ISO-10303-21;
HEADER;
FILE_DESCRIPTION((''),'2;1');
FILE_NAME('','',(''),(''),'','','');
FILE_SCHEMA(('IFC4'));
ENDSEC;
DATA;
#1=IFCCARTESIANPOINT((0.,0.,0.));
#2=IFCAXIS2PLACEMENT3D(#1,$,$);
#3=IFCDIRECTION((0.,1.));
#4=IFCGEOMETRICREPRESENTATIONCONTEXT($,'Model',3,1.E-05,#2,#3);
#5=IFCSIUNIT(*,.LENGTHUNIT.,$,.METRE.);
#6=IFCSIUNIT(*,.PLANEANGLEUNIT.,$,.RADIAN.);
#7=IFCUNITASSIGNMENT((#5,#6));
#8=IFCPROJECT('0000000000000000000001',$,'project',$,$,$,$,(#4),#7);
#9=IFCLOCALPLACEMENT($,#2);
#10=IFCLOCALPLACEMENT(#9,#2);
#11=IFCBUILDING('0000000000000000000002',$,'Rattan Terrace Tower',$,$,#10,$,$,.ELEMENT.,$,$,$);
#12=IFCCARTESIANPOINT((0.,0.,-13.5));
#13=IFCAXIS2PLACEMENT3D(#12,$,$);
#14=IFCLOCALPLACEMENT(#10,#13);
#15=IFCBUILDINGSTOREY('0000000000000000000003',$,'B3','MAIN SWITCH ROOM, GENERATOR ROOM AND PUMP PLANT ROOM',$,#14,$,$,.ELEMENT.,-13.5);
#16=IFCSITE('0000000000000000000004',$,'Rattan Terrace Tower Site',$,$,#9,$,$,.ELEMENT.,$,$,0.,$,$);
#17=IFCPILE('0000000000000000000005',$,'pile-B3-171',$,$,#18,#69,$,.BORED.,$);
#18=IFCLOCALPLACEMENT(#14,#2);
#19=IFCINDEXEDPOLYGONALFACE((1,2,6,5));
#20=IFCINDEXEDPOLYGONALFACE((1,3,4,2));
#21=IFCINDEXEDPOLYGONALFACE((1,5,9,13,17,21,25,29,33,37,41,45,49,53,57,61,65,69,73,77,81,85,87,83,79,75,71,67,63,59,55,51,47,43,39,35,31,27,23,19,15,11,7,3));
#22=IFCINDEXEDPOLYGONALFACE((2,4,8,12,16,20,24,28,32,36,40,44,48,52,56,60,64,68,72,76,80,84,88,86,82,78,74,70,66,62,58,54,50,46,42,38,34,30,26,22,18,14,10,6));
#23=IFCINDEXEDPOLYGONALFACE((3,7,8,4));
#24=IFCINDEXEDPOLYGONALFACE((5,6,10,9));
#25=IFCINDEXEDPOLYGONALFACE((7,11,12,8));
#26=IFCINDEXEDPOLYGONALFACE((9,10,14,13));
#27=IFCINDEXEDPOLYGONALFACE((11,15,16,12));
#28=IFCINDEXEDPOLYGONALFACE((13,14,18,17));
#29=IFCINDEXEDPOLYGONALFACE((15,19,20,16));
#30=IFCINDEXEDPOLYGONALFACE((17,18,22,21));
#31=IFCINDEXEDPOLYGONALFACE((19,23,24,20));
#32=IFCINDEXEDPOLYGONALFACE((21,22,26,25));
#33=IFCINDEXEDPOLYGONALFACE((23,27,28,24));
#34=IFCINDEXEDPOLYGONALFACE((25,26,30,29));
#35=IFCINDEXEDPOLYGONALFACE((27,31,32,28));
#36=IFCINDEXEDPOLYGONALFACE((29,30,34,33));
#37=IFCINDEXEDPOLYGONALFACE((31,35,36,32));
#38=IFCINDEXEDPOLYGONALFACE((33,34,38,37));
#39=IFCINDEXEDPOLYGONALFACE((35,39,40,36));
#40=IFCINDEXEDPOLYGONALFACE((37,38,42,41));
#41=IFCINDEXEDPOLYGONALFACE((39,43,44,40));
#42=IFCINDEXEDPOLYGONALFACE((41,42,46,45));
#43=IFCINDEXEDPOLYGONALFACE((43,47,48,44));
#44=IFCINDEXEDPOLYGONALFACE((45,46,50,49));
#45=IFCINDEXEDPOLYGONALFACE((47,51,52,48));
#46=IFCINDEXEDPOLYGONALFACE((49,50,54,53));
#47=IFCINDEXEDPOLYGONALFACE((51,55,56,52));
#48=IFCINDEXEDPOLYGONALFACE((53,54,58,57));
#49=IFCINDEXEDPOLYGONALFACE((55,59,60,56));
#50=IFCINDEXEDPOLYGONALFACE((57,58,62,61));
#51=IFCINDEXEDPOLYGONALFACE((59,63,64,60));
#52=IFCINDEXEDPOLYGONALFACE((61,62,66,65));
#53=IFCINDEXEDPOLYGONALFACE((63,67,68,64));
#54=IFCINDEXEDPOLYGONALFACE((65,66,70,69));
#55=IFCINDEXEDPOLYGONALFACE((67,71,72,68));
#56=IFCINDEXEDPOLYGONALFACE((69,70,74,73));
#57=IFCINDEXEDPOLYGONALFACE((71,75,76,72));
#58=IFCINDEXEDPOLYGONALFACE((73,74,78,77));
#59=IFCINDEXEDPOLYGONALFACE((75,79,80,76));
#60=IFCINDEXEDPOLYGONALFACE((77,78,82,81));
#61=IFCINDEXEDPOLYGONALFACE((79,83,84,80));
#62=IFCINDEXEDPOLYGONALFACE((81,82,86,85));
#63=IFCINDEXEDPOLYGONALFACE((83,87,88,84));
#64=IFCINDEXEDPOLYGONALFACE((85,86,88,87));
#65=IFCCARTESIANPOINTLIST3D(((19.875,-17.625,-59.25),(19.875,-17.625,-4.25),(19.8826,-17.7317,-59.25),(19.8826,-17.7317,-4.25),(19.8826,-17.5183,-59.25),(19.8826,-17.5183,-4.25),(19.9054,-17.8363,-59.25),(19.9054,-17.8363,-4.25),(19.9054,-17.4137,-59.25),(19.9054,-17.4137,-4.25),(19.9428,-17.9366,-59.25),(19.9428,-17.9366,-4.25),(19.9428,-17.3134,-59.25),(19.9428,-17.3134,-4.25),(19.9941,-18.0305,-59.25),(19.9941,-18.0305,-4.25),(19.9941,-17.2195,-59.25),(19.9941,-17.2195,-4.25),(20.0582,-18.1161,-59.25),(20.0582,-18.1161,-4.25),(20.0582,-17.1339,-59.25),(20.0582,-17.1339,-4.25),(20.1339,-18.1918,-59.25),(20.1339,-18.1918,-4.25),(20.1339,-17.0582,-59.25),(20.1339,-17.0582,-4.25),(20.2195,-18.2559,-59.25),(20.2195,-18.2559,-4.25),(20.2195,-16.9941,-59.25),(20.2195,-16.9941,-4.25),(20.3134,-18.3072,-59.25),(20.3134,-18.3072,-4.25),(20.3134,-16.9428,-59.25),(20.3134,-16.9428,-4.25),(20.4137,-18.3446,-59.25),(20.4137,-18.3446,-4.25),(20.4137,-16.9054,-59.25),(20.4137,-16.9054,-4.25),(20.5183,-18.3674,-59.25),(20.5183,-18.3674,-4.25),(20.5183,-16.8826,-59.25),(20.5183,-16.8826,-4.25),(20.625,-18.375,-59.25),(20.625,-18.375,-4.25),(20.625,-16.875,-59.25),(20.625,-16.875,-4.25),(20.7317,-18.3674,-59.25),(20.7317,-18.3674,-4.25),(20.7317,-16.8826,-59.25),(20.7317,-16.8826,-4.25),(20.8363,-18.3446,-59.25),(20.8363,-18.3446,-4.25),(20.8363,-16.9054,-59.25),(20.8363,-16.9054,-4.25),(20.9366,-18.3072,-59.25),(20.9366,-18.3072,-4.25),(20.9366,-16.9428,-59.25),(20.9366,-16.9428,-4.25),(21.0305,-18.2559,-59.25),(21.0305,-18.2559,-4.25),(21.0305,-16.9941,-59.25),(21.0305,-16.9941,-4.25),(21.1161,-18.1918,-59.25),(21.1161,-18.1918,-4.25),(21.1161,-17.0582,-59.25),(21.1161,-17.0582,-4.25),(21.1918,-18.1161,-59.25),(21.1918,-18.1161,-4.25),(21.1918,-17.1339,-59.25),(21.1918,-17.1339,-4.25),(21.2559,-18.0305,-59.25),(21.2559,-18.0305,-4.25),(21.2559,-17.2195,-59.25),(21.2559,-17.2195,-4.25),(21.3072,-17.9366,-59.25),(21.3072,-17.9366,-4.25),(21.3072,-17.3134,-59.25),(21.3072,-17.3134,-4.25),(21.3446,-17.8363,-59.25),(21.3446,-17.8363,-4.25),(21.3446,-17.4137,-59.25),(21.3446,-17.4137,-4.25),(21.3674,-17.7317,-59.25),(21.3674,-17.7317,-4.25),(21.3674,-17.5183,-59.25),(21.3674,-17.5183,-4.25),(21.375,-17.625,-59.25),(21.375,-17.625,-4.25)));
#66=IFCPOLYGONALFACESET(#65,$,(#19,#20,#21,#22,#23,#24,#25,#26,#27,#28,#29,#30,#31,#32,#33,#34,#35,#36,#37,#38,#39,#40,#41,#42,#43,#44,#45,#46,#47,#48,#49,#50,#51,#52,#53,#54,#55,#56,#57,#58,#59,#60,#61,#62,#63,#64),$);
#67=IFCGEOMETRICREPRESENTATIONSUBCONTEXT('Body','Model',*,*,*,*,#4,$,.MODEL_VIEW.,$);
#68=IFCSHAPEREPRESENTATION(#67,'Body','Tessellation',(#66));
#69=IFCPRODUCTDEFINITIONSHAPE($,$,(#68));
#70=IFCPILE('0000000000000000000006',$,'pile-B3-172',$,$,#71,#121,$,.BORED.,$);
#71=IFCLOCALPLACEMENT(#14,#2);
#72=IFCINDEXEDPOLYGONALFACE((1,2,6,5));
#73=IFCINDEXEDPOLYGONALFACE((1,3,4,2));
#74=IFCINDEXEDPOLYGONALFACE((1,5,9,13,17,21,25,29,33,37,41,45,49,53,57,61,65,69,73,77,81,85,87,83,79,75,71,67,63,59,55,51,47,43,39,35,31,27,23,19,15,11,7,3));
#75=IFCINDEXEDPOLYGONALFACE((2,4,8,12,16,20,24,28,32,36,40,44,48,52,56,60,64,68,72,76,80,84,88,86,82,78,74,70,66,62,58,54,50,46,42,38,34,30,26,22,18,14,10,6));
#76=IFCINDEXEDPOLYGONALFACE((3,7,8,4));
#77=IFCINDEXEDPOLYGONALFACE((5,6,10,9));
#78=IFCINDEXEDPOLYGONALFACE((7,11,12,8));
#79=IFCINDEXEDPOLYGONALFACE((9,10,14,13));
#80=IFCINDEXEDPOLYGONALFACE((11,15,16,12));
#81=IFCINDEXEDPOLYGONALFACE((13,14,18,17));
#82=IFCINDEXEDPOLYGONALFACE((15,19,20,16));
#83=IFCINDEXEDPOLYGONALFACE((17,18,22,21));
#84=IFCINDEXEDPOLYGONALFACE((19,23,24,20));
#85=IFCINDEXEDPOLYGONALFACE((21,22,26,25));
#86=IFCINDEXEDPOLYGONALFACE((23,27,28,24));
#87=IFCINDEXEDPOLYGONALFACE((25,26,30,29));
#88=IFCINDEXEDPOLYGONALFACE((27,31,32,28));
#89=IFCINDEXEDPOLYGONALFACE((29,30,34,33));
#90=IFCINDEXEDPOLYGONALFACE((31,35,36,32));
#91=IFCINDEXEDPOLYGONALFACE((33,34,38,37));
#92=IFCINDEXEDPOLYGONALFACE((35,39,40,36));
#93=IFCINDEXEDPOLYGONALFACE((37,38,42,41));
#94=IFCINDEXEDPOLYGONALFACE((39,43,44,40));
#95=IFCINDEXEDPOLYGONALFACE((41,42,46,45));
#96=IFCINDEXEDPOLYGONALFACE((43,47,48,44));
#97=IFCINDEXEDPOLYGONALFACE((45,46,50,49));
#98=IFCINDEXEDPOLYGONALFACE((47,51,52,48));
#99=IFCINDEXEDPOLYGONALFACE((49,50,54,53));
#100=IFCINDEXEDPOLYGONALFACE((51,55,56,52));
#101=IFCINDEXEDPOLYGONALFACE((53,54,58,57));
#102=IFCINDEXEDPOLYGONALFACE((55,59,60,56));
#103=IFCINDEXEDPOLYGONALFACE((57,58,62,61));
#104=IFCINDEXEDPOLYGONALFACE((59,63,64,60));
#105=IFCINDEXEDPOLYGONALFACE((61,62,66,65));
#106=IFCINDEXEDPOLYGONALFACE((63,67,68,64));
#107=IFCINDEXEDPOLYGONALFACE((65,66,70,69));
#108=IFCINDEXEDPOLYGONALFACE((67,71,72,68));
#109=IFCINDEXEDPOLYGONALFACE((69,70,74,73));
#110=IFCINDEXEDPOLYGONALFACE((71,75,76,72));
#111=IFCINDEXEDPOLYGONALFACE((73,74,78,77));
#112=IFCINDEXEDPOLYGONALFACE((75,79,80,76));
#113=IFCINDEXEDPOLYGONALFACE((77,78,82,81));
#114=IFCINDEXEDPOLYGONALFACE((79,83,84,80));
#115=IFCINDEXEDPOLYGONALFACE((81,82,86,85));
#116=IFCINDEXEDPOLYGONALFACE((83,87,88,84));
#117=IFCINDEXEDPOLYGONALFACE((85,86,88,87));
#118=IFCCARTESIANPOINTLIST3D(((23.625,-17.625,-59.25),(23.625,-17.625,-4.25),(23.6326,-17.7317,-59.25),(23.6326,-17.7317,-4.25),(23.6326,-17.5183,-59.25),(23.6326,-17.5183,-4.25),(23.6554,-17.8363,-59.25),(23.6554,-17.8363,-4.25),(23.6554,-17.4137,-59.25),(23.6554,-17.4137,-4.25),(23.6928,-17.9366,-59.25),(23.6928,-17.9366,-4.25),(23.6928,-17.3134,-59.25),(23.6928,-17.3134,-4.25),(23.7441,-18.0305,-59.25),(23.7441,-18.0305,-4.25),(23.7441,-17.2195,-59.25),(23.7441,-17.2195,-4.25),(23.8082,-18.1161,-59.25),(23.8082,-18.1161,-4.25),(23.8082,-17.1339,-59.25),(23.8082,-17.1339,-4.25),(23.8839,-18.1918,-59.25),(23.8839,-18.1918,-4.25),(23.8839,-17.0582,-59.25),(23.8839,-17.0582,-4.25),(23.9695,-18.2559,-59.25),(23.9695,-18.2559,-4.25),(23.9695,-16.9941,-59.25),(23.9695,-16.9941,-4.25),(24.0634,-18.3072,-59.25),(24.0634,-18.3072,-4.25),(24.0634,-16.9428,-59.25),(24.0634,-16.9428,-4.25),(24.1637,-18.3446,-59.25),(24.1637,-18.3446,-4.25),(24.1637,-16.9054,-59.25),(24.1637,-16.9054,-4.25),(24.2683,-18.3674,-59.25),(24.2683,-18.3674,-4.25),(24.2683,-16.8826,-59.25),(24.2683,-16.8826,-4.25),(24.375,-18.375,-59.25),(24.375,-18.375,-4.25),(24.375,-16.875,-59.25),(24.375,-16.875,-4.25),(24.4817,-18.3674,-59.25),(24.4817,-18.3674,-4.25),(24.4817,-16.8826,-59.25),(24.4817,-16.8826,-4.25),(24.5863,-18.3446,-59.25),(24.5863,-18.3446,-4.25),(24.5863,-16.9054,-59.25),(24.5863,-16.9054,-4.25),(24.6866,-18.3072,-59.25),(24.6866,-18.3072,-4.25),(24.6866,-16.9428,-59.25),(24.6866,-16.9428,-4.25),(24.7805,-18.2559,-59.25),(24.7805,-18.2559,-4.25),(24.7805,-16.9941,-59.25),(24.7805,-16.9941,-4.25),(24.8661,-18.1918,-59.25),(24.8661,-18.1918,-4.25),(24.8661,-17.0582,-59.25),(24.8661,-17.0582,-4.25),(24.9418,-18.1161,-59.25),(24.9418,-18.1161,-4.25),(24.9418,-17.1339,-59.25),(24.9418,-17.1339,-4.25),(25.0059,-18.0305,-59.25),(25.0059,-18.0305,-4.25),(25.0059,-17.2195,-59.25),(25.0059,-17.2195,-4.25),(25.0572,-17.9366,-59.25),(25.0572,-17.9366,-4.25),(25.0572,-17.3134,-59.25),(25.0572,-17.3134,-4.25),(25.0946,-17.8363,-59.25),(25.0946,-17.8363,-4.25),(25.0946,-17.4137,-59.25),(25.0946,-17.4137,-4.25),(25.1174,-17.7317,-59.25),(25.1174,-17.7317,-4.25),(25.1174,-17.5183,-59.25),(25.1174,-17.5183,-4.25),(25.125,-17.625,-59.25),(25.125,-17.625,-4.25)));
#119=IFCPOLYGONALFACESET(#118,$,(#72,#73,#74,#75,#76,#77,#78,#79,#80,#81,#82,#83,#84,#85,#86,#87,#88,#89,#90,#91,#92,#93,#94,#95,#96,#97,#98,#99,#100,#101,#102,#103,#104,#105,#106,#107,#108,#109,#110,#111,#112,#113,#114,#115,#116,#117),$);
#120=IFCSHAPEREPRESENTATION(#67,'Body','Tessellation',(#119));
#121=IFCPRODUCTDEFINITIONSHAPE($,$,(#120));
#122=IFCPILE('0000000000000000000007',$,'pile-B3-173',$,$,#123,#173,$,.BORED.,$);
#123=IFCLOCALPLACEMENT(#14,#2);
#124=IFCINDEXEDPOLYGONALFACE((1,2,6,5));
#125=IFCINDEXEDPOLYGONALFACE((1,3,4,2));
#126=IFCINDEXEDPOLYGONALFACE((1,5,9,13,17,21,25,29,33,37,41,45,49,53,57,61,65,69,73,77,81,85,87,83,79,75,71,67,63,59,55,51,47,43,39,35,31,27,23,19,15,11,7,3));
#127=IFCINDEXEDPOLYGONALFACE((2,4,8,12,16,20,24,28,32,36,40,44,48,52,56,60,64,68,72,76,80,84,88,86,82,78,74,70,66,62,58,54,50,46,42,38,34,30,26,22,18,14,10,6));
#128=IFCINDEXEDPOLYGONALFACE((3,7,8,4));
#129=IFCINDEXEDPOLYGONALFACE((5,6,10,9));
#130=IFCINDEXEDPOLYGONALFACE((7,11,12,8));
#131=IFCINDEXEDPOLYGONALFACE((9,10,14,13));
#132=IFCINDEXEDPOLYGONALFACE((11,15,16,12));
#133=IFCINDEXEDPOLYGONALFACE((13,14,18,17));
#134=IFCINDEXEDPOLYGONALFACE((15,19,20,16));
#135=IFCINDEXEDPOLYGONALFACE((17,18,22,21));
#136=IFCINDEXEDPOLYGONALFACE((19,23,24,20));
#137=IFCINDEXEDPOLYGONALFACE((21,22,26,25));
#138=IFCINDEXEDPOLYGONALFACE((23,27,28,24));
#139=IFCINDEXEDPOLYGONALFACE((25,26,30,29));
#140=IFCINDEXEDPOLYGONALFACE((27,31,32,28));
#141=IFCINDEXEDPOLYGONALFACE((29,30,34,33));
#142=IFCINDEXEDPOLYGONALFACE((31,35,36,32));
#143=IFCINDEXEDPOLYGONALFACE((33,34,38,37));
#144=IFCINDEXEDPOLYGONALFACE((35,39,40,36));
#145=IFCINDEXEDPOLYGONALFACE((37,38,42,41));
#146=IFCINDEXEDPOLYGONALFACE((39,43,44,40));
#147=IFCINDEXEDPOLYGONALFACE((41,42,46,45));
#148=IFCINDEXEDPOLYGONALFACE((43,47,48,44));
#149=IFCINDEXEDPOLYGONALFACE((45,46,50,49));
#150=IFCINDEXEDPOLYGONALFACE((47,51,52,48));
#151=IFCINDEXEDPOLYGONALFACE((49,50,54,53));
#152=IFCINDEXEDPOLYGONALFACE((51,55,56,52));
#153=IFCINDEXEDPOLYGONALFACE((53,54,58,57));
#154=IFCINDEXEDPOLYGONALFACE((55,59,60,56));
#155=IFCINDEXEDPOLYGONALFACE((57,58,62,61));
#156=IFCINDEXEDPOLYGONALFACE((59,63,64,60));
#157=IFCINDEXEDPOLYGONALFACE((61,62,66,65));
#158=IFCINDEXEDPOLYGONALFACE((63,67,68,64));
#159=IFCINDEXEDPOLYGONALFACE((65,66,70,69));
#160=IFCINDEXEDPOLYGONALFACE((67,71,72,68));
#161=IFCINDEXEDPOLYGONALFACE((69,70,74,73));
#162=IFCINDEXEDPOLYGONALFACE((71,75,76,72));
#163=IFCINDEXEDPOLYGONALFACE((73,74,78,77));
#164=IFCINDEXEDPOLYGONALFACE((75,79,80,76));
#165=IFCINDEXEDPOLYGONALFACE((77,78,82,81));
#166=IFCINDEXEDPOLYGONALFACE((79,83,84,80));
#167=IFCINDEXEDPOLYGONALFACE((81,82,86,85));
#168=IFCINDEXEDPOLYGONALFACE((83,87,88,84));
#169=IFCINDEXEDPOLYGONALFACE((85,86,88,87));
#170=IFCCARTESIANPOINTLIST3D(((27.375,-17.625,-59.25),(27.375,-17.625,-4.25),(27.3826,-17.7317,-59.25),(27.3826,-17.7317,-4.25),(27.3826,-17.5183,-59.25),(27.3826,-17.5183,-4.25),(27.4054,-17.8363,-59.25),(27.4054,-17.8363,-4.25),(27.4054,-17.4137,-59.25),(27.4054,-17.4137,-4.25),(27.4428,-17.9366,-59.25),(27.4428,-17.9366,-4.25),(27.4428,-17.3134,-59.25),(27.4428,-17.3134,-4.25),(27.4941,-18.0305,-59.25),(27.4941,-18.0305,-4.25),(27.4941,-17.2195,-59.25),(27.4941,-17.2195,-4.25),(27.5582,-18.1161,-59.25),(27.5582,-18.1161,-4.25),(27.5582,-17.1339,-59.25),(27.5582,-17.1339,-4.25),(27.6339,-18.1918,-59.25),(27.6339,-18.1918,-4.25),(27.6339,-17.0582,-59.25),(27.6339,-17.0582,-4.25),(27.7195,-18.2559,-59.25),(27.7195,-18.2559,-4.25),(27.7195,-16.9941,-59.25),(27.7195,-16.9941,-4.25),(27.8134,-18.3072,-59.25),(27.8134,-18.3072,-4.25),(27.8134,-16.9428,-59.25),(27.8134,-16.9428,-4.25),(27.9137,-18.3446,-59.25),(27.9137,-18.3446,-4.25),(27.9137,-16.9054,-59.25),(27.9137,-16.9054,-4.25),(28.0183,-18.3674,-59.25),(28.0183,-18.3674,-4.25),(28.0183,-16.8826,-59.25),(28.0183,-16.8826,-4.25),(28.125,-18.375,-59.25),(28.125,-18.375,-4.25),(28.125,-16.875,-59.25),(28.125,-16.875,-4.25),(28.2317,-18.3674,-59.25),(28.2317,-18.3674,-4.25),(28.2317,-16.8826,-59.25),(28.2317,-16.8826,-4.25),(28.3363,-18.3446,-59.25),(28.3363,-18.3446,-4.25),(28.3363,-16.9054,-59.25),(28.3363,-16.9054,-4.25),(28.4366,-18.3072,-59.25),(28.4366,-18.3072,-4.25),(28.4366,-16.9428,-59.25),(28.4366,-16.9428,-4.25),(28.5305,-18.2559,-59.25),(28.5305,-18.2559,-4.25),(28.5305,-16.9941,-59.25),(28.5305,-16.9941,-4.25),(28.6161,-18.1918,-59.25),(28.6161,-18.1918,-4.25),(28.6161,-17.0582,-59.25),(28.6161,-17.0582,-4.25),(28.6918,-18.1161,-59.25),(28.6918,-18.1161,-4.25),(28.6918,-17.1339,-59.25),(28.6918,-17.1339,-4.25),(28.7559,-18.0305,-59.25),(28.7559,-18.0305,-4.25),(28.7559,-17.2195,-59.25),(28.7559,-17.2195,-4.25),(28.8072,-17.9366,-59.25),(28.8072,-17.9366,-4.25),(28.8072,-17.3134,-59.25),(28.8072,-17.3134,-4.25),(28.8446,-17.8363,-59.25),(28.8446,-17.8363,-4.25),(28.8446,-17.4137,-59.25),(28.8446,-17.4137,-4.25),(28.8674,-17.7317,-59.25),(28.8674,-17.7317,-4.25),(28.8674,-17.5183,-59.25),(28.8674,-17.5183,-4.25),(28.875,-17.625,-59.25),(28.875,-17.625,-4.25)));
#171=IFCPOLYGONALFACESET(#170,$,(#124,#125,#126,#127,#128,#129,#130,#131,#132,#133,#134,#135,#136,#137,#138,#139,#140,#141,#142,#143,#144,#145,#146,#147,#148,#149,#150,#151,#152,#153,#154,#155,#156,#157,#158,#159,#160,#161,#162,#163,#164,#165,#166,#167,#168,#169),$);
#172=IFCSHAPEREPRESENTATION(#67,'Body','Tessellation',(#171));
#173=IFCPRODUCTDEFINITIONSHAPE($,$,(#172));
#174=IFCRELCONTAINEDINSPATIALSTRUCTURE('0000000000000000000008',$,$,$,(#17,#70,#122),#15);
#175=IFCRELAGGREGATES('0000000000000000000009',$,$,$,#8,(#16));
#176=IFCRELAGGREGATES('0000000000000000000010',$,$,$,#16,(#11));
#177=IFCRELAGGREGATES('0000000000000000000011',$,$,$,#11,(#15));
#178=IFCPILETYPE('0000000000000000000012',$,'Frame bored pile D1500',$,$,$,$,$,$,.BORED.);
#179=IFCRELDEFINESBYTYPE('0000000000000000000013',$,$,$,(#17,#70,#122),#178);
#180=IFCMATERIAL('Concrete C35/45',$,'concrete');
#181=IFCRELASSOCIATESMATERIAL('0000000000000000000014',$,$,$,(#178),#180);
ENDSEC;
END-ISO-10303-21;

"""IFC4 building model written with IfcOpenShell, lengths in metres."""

from ifc_helpers import new_model, si_unit, direction, frame, origin, origin_2d, place, context, subcontext, project, spatial, circle, extrude, material, material_profile, profile_set, type_object, element, save


model = new_model("IFC4")

# Units and contexts
model_context = context("Model", 3, precision=1e-05, world=origin(), true_north=direction((0.0, 1.0)))
body_context = subcontext(model_context, "Body", "Model", "MODEL_VIEW")
ifc_project = project(units=[si_unit("LENGTHUNIT", "METRE"), si_unit("PLANEANGLEUNIT", "RADIAN")], contexts=[model_context])

# Site, building, storey
site_placement = place(None, origin())
site = spatial("IfcSite", under=ifc_project, at=site_placement, Name="Rattan Terrace Tower Site", CompositionType="ELEMENT", RefElevation=0.0)
building_placement = place(site_placement, origin())
building = spatial("IfcBuilding", under=site, at=building_placement, Name="Rattan Terrace Tower", CompositionType="ELEMENT")
storey_placement = place(building_placement, frame((0.0, 0.0, -13.5)))
storey = spatial("IfcBuildingStorey", under=building, at=storey_placement, Name="B3", Description="MAIN SWITCH ROOM, GENERATOR ROOM AND PUMP PLANT ROOM", CompositionType="ELEMENT", Elevation=-13.5)

# Piles
ifc_material_1 = material(Name="Concrete C35/45", Category="concrete")
ifc_material_profile_1 = material_profile(ifc_material_1, circle(Radius=0.75, at=origin_2d()), Name="PILE D1500")
ifc_profile_set_1 = profile_set([ifc_material_profile_1], Name="Concrete C35/45")
pile_type = type_object("IfcPileType", Name="Frame bored pile D1500", PredefinedType="BORED", material=ifc_profile_set_1)
for number, where, z_axis, x_axis, name in (
    (1, (20.625, -17.625, -4.25), (0.0, 0.0, -1.0), (1.0, 0.0, 0.0), "pile-B3-171"),
    (2, (24.375, -17.625, -4.25), (0.0, 0.0, -1.0), (1.0, 0.0, 0.0), "pile-B3-172"),
    (3, (28.125, -17.625, -4.25), (0.0, 0.0, -1.0), (1.0, 0.0, 0.0), "pile-B3-173"),
):
    element("IfcPile", number, at=place(storey_placement, frame(where, z_axis=z_axis, x_axis=x_axis)), inside=storey, type_object=pile_type, Name=name, PredefinedType="BORED", context=body_context, shape_type="SweptSolid", body=[
        extrude(circle(Radius=0.75, at=origin_2d()), origin(), (0.0, 0.0, 1.0), 55.0),
    ])

save(model, "model.ifc")
